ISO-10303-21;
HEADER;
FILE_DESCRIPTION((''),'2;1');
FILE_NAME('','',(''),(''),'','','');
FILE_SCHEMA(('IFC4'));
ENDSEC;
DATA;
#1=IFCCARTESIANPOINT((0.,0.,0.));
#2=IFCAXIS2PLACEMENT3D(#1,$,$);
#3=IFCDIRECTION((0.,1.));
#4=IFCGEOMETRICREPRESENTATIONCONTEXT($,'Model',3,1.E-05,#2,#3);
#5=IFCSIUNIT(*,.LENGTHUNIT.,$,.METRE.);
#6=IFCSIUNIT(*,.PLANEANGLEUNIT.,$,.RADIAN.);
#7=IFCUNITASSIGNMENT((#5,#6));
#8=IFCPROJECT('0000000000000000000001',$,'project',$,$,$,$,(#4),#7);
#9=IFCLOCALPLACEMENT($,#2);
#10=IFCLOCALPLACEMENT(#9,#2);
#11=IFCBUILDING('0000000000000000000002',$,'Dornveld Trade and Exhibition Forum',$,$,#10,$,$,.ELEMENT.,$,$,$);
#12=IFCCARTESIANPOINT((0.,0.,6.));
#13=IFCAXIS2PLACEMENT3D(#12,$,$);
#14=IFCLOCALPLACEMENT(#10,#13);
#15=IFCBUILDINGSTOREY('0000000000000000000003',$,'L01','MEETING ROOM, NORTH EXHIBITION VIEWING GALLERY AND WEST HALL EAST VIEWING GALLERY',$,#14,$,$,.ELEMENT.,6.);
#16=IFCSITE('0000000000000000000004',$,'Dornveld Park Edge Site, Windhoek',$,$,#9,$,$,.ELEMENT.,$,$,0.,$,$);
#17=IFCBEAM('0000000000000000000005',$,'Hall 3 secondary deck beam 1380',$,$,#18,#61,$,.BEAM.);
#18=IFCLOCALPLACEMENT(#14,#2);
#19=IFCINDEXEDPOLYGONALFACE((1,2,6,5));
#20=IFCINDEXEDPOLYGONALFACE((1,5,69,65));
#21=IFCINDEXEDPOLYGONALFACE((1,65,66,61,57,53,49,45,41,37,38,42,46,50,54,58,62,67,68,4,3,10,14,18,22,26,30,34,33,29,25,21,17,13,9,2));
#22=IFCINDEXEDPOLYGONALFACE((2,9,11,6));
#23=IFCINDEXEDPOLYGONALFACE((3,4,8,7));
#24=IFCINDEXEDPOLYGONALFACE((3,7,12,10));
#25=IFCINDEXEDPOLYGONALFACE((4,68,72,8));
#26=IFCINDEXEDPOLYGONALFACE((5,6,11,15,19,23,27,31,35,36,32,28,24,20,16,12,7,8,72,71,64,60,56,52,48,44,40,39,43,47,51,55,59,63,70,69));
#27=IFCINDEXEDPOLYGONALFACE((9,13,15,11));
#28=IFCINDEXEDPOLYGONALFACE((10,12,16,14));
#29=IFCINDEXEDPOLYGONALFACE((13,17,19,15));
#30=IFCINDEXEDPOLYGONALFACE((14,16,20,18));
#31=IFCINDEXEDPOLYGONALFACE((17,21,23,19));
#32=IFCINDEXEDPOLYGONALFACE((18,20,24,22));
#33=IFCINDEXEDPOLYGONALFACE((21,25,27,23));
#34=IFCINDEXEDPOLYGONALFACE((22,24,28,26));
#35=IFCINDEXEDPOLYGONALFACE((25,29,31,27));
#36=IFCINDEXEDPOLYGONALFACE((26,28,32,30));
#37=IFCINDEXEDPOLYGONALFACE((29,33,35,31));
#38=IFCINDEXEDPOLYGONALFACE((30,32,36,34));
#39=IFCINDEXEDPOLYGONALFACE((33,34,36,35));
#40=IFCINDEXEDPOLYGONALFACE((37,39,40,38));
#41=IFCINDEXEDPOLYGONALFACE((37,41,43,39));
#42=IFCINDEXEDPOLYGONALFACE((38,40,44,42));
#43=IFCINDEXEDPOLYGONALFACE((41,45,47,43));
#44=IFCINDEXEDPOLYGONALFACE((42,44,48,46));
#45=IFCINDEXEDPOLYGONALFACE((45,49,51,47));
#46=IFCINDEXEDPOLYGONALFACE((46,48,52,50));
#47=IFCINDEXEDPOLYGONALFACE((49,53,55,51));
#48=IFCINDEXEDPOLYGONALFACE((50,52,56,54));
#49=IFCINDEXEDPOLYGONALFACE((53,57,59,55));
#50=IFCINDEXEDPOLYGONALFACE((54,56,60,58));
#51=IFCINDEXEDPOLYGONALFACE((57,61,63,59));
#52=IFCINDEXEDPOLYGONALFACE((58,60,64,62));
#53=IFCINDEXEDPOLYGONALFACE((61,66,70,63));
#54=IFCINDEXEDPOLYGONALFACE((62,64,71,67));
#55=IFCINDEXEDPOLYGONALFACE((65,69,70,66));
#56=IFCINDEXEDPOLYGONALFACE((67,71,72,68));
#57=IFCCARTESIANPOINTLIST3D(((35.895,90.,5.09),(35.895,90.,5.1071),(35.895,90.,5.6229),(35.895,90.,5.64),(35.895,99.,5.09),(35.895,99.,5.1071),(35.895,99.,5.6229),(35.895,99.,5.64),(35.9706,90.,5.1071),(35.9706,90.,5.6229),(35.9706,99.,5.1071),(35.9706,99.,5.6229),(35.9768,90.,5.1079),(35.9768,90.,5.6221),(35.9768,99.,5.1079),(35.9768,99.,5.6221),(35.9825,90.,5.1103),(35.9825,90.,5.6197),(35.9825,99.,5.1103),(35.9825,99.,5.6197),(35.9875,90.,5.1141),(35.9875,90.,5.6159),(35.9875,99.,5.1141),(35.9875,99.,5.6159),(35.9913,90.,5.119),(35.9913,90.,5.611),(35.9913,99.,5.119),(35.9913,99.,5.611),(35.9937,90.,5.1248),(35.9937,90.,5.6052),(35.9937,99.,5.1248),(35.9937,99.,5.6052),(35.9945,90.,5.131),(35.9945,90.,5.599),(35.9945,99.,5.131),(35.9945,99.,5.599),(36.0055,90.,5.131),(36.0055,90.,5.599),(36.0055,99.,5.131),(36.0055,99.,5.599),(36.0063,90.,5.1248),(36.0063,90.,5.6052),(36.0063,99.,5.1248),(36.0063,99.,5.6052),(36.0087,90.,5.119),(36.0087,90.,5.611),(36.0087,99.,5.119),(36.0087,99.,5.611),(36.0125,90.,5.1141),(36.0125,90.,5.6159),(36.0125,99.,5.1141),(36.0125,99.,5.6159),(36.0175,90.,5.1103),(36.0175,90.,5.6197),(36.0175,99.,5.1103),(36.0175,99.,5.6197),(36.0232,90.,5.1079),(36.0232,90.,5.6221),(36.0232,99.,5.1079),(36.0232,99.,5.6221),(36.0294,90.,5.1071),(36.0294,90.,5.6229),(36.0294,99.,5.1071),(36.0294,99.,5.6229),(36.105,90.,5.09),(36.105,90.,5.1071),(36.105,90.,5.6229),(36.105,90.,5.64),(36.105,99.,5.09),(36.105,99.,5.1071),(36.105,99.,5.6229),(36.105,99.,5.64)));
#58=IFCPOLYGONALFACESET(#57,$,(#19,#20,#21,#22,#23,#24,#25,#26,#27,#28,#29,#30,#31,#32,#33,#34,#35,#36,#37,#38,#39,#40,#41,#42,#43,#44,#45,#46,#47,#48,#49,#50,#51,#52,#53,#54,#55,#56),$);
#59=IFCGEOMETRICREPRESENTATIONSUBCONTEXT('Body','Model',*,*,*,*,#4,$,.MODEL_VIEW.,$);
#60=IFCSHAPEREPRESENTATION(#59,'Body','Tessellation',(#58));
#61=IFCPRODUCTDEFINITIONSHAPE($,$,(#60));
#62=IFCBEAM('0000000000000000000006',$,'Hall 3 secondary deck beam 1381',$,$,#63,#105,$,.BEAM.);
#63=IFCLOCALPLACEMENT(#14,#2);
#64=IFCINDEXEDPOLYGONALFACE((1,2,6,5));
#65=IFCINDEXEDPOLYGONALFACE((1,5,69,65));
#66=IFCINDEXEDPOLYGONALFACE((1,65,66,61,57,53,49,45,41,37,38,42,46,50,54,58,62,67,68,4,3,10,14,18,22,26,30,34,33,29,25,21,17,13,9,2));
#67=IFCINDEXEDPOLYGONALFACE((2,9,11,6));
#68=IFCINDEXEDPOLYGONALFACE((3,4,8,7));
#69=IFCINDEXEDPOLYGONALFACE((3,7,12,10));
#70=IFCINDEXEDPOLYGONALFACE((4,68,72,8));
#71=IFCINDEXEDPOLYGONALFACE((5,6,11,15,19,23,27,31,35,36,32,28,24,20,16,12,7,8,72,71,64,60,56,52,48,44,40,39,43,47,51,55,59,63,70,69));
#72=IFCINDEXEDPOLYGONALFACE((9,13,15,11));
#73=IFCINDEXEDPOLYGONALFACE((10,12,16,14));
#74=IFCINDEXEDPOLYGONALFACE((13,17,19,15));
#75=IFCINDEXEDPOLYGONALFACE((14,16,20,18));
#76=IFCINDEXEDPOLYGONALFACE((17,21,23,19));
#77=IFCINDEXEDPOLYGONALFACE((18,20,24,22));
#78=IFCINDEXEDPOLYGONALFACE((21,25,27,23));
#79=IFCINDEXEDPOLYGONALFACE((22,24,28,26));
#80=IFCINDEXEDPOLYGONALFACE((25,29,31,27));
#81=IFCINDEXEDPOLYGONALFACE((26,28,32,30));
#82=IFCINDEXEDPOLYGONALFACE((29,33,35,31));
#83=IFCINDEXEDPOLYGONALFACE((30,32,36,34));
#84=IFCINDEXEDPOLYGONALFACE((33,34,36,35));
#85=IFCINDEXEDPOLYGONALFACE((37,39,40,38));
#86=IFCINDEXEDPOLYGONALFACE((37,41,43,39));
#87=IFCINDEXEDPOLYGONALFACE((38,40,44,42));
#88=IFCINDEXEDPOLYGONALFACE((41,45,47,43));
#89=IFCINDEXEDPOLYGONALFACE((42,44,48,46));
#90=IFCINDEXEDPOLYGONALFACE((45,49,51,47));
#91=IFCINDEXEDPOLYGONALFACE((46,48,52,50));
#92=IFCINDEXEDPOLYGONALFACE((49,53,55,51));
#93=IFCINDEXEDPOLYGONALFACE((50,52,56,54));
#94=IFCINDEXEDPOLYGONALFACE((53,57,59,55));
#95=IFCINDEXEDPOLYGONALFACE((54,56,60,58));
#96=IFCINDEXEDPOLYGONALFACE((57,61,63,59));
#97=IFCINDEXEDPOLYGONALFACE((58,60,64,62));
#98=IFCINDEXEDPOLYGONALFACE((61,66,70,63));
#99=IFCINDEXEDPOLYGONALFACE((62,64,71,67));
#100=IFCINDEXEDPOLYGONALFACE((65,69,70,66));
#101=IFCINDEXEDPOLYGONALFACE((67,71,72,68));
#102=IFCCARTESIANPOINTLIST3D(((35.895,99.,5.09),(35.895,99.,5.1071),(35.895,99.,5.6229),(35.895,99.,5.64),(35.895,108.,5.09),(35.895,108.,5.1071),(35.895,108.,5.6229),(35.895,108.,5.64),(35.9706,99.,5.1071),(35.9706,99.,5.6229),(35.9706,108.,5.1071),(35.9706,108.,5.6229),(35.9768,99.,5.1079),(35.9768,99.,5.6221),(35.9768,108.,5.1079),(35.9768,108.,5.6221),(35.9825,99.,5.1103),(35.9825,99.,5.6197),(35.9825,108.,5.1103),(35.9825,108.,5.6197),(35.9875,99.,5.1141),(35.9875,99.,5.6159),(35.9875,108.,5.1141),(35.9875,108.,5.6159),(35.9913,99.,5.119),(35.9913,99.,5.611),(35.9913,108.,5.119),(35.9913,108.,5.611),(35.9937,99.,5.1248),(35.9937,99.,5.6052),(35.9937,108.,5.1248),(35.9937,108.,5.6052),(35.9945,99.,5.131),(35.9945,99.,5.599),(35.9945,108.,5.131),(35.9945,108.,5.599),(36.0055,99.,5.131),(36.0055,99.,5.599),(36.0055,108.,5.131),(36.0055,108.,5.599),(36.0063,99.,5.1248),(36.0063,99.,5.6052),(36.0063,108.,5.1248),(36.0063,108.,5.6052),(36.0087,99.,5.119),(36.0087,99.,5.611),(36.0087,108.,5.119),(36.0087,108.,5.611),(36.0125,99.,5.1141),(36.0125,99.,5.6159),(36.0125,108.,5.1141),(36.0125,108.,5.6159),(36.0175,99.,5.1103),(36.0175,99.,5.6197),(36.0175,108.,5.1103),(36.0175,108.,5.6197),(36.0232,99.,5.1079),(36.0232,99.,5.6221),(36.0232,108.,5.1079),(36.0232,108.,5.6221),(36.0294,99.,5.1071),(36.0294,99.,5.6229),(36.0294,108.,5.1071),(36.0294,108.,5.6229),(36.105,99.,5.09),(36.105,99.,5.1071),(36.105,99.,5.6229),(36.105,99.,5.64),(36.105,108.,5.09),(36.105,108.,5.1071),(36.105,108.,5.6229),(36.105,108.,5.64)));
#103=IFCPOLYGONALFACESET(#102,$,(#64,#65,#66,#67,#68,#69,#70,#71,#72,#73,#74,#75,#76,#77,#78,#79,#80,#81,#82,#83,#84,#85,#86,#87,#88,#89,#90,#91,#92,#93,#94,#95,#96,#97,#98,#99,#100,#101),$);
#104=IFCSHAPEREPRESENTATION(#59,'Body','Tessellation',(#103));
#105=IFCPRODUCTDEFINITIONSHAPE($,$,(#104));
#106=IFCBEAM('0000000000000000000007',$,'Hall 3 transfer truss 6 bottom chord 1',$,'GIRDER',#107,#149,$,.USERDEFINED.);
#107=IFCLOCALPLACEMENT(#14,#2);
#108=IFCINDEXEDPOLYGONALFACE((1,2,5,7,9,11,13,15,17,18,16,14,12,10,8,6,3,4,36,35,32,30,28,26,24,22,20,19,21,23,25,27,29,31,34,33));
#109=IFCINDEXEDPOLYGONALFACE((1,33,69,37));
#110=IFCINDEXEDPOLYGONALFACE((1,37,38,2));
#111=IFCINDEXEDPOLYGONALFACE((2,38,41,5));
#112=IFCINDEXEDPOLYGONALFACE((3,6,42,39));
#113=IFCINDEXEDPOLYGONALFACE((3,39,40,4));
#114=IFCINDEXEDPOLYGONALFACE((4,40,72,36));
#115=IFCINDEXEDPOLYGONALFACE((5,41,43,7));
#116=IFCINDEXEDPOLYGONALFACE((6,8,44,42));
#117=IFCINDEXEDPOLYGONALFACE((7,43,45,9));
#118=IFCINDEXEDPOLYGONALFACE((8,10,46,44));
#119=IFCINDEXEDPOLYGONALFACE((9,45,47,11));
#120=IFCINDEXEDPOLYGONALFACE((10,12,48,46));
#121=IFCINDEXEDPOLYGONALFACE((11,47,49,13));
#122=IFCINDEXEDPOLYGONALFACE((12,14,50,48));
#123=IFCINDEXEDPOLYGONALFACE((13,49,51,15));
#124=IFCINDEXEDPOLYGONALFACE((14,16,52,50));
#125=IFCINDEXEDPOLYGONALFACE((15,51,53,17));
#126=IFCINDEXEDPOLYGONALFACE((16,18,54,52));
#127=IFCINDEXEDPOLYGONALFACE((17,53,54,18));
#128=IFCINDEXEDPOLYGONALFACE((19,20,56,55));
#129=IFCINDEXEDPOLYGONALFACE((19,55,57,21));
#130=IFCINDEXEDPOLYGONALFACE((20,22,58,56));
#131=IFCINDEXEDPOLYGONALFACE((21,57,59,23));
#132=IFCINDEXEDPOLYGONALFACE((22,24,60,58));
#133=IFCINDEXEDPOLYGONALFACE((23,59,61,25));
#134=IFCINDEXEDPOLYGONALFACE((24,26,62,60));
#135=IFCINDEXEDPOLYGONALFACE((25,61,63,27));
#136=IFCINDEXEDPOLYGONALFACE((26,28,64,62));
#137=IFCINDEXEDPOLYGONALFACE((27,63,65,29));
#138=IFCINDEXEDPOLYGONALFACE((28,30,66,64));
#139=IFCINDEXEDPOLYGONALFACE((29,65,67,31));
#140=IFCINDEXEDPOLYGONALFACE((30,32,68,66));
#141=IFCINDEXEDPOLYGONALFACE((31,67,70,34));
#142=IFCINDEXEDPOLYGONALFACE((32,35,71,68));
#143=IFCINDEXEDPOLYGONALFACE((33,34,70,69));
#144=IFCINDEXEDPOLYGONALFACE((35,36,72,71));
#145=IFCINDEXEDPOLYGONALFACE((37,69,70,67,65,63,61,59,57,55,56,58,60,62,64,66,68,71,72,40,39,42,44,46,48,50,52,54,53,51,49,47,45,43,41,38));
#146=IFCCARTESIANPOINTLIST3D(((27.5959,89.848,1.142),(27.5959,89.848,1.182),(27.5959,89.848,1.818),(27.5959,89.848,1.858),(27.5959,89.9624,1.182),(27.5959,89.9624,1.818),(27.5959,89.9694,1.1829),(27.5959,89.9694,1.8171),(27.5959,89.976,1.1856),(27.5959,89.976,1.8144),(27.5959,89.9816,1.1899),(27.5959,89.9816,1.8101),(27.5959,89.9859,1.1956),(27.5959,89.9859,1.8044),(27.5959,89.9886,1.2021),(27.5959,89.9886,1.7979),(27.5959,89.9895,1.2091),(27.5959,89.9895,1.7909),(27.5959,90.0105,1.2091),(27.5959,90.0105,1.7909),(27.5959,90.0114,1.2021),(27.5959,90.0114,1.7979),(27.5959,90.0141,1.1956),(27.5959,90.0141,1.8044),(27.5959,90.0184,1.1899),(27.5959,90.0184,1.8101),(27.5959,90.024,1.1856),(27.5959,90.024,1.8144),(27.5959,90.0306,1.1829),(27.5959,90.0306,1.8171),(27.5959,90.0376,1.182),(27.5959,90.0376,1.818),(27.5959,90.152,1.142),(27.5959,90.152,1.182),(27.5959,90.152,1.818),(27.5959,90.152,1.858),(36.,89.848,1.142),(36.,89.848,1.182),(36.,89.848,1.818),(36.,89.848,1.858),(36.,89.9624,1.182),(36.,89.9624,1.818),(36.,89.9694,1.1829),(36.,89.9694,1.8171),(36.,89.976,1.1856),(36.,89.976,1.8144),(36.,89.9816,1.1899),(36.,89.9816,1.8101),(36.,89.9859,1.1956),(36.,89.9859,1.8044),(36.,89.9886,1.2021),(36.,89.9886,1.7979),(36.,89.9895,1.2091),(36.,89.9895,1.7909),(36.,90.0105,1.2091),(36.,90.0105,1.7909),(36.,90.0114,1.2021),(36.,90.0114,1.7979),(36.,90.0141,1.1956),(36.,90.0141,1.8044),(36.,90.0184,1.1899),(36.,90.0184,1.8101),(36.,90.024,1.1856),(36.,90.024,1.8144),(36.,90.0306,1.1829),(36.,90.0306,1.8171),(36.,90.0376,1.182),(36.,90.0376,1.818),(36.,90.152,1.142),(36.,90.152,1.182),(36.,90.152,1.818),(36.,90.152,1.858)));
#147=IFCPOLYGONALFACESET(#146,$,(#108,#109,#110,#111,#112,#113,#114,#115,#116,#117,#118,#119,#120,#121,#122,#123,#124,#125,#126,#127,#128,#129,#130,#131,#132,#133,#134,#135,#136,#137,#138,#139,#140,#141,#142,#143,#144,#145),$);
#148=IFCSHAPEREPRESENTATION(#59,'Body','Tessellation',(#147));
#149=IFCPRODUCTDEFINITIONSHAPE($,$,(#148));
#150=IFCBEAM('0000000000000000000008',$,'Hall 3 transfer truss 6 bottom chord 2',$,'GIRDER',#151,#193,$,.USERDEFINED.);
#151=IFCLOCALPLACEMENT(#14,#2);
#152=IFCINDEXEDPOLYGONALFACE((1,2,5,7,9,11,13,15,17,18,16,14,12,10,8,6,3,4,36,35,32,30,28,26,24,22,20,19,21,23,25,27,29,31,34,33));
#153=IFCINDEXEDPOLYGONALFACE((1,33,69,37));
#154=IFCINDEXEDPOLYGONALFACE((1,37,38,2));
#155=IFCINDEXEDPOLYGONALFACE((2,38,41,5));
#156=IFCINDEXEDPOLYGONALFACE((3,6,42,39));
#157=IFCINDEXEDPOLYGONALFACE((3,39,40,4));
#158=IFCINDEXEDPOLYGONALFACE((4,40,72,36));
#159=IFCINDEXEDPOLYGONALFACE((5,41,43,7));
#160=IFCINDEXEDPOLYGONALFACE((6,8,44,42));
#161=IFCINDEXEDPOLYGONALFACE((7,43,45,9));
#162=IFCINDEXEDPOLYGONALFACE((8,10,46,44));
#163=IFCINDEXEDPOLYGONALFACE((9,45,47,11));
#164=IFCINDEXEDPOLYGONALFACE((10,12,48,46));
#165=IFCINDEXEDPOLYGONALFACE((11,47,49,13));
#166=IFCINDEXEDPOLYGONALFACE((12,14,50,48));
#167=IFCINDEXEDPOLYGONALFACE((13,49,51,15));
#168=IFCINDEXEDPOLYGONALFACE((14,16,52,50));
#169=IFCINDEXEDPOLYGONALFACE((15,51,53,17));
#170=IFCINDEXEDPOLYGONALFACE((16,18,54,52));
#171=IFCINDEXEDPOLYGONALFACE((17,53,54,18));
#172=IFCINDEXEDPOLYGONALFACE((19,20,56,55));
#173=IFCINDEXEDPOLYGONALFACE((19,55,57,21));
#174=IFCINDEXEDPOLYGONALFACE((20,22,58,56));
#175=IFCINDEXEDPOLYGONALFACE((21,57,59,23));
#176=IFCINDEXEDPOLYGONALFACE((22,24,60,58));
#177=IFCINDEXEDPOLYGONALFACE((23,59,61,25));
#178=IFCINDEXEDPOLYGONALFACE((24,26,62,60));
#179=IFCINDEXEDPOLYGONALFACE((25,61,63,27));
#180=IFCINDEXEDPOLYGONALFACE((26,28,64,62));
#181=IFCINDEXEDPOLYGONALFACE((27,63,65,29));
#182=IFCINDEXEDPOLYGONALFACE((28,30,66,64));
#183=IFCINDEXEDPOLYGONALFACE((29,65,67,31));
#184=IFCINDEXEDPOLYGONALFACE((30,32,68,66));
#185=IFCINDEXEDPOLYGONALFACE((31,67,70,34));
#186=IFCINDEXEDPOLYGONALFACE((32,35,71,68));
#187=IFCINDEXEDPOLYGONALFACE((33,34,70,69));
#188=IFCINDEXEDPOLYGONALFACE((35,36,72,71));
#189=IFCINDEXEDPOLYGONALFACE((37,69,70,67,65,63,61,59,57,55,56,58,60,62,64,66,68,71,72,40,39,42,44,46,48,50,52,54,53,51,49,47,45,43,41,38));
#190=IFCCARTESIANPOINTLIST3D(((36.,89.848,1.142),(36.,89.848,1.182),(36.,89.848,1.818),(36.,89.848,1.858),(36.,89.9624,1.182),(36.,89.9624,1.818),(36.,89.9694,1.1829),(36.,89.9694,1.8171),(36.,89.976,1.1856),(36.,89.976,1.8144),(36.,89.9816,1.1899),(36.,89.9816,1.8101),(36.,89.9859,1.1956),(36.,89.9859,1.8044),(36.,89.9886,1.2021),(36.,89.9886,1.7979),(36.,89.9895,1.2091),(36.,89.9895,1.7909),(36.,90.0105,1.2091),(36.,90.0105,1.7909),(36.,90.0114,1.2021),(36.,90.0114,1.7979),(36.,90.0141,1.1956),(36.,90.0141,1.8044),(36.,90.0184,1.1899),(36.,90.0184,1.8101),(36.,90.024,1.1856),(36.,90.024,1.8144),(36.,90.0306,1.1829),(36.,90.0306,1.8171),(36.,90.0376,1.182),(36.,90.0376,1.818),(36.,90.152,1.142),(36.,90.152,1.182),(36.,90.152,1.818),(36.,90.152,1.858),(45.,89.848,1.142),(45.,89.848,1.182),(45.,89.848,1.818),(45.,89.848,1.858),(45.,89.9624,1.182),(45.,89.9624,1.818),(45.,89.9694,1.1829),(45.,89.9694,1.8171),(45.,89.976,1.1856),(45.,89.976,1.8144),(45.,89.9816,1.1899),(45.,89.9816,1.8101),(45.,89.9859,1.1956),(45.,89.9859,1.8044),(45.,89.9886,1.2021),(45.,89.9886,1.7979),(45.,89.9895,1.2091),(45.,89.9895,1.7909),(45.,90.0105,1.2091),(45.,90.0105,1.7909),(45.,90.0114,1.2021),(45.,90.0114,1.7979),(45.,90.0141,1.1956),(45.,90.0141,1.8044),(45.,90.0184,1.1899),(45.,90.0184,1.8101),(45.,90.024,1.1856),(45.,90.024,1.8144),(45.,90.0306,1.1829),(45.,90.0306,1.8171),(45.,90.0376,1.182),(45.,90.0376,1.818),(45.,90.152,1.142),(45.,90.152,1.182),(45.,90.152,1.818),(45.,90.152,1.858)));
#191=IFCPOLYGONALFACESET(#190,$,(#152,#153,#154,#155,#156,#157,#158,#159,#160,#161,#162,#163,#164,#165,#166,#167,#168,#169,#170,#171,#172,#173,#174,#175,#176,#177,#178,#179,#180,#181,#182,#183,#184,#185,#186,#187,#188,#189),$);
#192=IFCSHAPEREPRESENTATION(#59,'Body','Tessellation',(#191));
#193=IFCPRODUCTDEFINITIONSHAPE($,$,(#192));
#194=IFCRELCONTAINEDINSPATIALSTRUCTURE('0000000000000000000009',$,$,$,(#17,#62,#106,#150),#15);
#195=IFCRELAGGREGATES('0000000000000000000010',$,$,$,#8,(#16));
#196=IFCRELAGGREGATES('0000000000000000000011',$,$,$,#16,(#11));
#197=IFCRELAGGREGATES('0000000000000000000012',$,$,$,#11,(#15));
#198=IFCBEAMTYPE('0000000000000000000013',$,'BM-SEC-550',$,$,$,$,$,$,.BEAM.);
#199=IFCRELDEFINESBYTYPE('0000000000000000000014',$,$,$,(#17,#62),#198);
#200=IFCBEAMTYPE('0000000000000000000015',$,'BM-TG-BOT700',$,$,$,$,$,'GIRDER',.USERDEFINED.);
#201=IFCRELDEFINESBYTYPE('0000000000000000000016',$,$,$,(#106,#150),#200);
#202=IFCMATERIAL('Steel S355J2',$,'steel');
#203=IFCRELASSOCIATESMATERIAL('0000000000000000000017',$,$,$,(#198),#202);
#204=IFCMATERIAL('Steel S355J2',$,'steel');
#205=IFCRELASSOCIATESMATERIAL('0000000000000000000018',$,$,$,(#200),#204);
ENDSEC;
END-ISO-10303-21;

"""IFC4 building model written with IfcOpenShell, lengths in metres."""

from ifc_helpers import new_model, si_unit, direction, frame, origin, origin_2d, place, context, subcontext, project, spatial, i_section, extrude, material, material_profile, profile_set, type_object, element, save


model = new_model("IFC4")

# Units and contexts
model_context = context("Model", 3, precision=1e-05, world=origin(), true_north=direction((0.0, 1.0)))
body_context = subcontext(model_context, "Body", "Model", "MODEL_VIEW")
ifc_project = project(units=[si_unit("LENGTHUNIT", "METRE"), si_unit("PLANEANGLEUNIT", "RADIAN")], contexts=[model_context])

# Site, building, storey
site_placement = place(None, origin())
site = spatial("IfcSite", under=ifc_project, at=site_placement, Name="Dornveld Park Edge Site, Windhoek", CompositionType="ELEMENT", RefElevation=0.0)
building_placement = place(site_placement, origin())
building = spatial("IfcBuilding", under=site, at=building_placement, Name="Dornveld Trade and Exhibition Forum", CompositionType="ELEMENT")
storey_placement = place(building_placement, frame((0.0, 0.0, 6.0)))
storey = spatial("IfcBuildingStorey", under=building, at=storey_placement, Name="L01", Description="MEETING ROOM, NORTH EXHIBITION VIEWING GALLERY AND WEST HALL EAST VIEWING GALLERY", CompositionType="ELEMENT", Elevation=6.0)

# Beams
ifc_material_1 = material(Name="Steel S355J2", Category="steel")
ifc_material_profile_1 = material_profile(ifc_material_1, i_section(OverallWidth=0.21, OverallDepth=0.55, WebThickness=0.011, FlangeThickness=0.0171, FilletRadius=0.0239, at=origin_2d()), Name="IPE 550")
ifc_profile_set_1 = profile_set([ifc_material_profile_1], Name="Steel S355J2")
beam_type_1 = type_object("IfcBeamType", Name="BM-SEC-550", PredefinedType="BEAM", material=ifc_profile_set_1)
for number, where, z_axis, x_axis, name in (
    (1, (36.0, 90.0, 5.365), (0.0, 1.0, 0.0), (-1.0, 0.0, 0.0), "Hall 3 secondary deck beam 1380"),
    (2, (36.0, 99.0, 5.365), (0.0, 1.0, 0.0), (-1.0, 0.0, 0.0), "Hall 3 secondary deck beam 1381"),
):
    element("IfcBeam", number, at=place(storey_placement, frame(where, z_axis=z_axis, x_axis=x_axis)), inside=storey, type_object=beam_type_1, Name=name, PredefinedType="BEAM", context=body_context, shape_type="SweptSolid", body=[
        extrude(i_section(OverallWidth=0.21, OverallDepth=0.55, WebThickness=0.011, FlangeThickness=0.0171, FilletRadius=0.0239, at=origin_2d()), origin(), (0.0, 0.0, 1.0), 9.0),
    ])
ifc_material_2 = material(Name="Steel S355J2", Category="steel")
ifc_material_profile_2 = material_profile(ifc_material_2, i_section(OverallWidth=0.304, OverallDepth=0.7161, WebThickness=0.021, FlangeThickness=0.04, FilletRadius=0.0271, at=origin_2d()), Name="HEM 700")
ifc_profile_set_2 = profile_set([ifc_material_profile_2], Name="Steel S355J2")
beam_type_2 = type_object("IfcBeamType", Name="BM-TG-BOT700", ElementType="GIRDER", PredefinedType="USERDEFINED", material=ifc_profile_set_2)
beam_1_placement = place(storey_placement, frame((27.5959, 90.0, 1.5), z_axis=(1.0, 0.0, 0.0), x_axis=(0.0, 1.0, 0.0)))
element("IfcBeam", 3, at=beam_1_placement, inside=storey, type_object=beam_type_2, Name="Hall 3 transfer truss 6 bottom chord 1", ObjectType="GIRDER", PredefinedType="USERDEFINED", context=body_context, shape_type="SweptSolid", body=[
    extrude(i_section(OverallWidth=0.304, OverallDepth=0.7161, WebThickness=0.021, FlangeThickness=0.04, FilletRadius=0.0271, at=origin_2d()), origin(), (0.0, 0.0, 1.0), 8.4041),
])
beam_2_placement = place(storey_placement, frame((36.0, 90.0, 1.5), z_axis=(1.0, 0.0, 0.0), x_axis=(0.0, 1.0, 0.0)))
element("IfcBeam", 4, at=beam_2_placement, inside=storey, type_object=beam_type_2, Name="Hall 3 transfer truss 6 bottom chord 2", ObjectType="GIRDER", PredefinedType="USERDEFINED", context=body_context, shape_type="SweptSolid", body=[
    extrude(i_section(OverallWidth=0.304, OverallDepth=0.7161, WebThickness=0.021, FlangeThickness=0.04, FilletRadius=0.0271, at=origin_2d()), origin(), (0.0, 0.0, 1.0), 9.0),
])

save(model, "model.ifc")
